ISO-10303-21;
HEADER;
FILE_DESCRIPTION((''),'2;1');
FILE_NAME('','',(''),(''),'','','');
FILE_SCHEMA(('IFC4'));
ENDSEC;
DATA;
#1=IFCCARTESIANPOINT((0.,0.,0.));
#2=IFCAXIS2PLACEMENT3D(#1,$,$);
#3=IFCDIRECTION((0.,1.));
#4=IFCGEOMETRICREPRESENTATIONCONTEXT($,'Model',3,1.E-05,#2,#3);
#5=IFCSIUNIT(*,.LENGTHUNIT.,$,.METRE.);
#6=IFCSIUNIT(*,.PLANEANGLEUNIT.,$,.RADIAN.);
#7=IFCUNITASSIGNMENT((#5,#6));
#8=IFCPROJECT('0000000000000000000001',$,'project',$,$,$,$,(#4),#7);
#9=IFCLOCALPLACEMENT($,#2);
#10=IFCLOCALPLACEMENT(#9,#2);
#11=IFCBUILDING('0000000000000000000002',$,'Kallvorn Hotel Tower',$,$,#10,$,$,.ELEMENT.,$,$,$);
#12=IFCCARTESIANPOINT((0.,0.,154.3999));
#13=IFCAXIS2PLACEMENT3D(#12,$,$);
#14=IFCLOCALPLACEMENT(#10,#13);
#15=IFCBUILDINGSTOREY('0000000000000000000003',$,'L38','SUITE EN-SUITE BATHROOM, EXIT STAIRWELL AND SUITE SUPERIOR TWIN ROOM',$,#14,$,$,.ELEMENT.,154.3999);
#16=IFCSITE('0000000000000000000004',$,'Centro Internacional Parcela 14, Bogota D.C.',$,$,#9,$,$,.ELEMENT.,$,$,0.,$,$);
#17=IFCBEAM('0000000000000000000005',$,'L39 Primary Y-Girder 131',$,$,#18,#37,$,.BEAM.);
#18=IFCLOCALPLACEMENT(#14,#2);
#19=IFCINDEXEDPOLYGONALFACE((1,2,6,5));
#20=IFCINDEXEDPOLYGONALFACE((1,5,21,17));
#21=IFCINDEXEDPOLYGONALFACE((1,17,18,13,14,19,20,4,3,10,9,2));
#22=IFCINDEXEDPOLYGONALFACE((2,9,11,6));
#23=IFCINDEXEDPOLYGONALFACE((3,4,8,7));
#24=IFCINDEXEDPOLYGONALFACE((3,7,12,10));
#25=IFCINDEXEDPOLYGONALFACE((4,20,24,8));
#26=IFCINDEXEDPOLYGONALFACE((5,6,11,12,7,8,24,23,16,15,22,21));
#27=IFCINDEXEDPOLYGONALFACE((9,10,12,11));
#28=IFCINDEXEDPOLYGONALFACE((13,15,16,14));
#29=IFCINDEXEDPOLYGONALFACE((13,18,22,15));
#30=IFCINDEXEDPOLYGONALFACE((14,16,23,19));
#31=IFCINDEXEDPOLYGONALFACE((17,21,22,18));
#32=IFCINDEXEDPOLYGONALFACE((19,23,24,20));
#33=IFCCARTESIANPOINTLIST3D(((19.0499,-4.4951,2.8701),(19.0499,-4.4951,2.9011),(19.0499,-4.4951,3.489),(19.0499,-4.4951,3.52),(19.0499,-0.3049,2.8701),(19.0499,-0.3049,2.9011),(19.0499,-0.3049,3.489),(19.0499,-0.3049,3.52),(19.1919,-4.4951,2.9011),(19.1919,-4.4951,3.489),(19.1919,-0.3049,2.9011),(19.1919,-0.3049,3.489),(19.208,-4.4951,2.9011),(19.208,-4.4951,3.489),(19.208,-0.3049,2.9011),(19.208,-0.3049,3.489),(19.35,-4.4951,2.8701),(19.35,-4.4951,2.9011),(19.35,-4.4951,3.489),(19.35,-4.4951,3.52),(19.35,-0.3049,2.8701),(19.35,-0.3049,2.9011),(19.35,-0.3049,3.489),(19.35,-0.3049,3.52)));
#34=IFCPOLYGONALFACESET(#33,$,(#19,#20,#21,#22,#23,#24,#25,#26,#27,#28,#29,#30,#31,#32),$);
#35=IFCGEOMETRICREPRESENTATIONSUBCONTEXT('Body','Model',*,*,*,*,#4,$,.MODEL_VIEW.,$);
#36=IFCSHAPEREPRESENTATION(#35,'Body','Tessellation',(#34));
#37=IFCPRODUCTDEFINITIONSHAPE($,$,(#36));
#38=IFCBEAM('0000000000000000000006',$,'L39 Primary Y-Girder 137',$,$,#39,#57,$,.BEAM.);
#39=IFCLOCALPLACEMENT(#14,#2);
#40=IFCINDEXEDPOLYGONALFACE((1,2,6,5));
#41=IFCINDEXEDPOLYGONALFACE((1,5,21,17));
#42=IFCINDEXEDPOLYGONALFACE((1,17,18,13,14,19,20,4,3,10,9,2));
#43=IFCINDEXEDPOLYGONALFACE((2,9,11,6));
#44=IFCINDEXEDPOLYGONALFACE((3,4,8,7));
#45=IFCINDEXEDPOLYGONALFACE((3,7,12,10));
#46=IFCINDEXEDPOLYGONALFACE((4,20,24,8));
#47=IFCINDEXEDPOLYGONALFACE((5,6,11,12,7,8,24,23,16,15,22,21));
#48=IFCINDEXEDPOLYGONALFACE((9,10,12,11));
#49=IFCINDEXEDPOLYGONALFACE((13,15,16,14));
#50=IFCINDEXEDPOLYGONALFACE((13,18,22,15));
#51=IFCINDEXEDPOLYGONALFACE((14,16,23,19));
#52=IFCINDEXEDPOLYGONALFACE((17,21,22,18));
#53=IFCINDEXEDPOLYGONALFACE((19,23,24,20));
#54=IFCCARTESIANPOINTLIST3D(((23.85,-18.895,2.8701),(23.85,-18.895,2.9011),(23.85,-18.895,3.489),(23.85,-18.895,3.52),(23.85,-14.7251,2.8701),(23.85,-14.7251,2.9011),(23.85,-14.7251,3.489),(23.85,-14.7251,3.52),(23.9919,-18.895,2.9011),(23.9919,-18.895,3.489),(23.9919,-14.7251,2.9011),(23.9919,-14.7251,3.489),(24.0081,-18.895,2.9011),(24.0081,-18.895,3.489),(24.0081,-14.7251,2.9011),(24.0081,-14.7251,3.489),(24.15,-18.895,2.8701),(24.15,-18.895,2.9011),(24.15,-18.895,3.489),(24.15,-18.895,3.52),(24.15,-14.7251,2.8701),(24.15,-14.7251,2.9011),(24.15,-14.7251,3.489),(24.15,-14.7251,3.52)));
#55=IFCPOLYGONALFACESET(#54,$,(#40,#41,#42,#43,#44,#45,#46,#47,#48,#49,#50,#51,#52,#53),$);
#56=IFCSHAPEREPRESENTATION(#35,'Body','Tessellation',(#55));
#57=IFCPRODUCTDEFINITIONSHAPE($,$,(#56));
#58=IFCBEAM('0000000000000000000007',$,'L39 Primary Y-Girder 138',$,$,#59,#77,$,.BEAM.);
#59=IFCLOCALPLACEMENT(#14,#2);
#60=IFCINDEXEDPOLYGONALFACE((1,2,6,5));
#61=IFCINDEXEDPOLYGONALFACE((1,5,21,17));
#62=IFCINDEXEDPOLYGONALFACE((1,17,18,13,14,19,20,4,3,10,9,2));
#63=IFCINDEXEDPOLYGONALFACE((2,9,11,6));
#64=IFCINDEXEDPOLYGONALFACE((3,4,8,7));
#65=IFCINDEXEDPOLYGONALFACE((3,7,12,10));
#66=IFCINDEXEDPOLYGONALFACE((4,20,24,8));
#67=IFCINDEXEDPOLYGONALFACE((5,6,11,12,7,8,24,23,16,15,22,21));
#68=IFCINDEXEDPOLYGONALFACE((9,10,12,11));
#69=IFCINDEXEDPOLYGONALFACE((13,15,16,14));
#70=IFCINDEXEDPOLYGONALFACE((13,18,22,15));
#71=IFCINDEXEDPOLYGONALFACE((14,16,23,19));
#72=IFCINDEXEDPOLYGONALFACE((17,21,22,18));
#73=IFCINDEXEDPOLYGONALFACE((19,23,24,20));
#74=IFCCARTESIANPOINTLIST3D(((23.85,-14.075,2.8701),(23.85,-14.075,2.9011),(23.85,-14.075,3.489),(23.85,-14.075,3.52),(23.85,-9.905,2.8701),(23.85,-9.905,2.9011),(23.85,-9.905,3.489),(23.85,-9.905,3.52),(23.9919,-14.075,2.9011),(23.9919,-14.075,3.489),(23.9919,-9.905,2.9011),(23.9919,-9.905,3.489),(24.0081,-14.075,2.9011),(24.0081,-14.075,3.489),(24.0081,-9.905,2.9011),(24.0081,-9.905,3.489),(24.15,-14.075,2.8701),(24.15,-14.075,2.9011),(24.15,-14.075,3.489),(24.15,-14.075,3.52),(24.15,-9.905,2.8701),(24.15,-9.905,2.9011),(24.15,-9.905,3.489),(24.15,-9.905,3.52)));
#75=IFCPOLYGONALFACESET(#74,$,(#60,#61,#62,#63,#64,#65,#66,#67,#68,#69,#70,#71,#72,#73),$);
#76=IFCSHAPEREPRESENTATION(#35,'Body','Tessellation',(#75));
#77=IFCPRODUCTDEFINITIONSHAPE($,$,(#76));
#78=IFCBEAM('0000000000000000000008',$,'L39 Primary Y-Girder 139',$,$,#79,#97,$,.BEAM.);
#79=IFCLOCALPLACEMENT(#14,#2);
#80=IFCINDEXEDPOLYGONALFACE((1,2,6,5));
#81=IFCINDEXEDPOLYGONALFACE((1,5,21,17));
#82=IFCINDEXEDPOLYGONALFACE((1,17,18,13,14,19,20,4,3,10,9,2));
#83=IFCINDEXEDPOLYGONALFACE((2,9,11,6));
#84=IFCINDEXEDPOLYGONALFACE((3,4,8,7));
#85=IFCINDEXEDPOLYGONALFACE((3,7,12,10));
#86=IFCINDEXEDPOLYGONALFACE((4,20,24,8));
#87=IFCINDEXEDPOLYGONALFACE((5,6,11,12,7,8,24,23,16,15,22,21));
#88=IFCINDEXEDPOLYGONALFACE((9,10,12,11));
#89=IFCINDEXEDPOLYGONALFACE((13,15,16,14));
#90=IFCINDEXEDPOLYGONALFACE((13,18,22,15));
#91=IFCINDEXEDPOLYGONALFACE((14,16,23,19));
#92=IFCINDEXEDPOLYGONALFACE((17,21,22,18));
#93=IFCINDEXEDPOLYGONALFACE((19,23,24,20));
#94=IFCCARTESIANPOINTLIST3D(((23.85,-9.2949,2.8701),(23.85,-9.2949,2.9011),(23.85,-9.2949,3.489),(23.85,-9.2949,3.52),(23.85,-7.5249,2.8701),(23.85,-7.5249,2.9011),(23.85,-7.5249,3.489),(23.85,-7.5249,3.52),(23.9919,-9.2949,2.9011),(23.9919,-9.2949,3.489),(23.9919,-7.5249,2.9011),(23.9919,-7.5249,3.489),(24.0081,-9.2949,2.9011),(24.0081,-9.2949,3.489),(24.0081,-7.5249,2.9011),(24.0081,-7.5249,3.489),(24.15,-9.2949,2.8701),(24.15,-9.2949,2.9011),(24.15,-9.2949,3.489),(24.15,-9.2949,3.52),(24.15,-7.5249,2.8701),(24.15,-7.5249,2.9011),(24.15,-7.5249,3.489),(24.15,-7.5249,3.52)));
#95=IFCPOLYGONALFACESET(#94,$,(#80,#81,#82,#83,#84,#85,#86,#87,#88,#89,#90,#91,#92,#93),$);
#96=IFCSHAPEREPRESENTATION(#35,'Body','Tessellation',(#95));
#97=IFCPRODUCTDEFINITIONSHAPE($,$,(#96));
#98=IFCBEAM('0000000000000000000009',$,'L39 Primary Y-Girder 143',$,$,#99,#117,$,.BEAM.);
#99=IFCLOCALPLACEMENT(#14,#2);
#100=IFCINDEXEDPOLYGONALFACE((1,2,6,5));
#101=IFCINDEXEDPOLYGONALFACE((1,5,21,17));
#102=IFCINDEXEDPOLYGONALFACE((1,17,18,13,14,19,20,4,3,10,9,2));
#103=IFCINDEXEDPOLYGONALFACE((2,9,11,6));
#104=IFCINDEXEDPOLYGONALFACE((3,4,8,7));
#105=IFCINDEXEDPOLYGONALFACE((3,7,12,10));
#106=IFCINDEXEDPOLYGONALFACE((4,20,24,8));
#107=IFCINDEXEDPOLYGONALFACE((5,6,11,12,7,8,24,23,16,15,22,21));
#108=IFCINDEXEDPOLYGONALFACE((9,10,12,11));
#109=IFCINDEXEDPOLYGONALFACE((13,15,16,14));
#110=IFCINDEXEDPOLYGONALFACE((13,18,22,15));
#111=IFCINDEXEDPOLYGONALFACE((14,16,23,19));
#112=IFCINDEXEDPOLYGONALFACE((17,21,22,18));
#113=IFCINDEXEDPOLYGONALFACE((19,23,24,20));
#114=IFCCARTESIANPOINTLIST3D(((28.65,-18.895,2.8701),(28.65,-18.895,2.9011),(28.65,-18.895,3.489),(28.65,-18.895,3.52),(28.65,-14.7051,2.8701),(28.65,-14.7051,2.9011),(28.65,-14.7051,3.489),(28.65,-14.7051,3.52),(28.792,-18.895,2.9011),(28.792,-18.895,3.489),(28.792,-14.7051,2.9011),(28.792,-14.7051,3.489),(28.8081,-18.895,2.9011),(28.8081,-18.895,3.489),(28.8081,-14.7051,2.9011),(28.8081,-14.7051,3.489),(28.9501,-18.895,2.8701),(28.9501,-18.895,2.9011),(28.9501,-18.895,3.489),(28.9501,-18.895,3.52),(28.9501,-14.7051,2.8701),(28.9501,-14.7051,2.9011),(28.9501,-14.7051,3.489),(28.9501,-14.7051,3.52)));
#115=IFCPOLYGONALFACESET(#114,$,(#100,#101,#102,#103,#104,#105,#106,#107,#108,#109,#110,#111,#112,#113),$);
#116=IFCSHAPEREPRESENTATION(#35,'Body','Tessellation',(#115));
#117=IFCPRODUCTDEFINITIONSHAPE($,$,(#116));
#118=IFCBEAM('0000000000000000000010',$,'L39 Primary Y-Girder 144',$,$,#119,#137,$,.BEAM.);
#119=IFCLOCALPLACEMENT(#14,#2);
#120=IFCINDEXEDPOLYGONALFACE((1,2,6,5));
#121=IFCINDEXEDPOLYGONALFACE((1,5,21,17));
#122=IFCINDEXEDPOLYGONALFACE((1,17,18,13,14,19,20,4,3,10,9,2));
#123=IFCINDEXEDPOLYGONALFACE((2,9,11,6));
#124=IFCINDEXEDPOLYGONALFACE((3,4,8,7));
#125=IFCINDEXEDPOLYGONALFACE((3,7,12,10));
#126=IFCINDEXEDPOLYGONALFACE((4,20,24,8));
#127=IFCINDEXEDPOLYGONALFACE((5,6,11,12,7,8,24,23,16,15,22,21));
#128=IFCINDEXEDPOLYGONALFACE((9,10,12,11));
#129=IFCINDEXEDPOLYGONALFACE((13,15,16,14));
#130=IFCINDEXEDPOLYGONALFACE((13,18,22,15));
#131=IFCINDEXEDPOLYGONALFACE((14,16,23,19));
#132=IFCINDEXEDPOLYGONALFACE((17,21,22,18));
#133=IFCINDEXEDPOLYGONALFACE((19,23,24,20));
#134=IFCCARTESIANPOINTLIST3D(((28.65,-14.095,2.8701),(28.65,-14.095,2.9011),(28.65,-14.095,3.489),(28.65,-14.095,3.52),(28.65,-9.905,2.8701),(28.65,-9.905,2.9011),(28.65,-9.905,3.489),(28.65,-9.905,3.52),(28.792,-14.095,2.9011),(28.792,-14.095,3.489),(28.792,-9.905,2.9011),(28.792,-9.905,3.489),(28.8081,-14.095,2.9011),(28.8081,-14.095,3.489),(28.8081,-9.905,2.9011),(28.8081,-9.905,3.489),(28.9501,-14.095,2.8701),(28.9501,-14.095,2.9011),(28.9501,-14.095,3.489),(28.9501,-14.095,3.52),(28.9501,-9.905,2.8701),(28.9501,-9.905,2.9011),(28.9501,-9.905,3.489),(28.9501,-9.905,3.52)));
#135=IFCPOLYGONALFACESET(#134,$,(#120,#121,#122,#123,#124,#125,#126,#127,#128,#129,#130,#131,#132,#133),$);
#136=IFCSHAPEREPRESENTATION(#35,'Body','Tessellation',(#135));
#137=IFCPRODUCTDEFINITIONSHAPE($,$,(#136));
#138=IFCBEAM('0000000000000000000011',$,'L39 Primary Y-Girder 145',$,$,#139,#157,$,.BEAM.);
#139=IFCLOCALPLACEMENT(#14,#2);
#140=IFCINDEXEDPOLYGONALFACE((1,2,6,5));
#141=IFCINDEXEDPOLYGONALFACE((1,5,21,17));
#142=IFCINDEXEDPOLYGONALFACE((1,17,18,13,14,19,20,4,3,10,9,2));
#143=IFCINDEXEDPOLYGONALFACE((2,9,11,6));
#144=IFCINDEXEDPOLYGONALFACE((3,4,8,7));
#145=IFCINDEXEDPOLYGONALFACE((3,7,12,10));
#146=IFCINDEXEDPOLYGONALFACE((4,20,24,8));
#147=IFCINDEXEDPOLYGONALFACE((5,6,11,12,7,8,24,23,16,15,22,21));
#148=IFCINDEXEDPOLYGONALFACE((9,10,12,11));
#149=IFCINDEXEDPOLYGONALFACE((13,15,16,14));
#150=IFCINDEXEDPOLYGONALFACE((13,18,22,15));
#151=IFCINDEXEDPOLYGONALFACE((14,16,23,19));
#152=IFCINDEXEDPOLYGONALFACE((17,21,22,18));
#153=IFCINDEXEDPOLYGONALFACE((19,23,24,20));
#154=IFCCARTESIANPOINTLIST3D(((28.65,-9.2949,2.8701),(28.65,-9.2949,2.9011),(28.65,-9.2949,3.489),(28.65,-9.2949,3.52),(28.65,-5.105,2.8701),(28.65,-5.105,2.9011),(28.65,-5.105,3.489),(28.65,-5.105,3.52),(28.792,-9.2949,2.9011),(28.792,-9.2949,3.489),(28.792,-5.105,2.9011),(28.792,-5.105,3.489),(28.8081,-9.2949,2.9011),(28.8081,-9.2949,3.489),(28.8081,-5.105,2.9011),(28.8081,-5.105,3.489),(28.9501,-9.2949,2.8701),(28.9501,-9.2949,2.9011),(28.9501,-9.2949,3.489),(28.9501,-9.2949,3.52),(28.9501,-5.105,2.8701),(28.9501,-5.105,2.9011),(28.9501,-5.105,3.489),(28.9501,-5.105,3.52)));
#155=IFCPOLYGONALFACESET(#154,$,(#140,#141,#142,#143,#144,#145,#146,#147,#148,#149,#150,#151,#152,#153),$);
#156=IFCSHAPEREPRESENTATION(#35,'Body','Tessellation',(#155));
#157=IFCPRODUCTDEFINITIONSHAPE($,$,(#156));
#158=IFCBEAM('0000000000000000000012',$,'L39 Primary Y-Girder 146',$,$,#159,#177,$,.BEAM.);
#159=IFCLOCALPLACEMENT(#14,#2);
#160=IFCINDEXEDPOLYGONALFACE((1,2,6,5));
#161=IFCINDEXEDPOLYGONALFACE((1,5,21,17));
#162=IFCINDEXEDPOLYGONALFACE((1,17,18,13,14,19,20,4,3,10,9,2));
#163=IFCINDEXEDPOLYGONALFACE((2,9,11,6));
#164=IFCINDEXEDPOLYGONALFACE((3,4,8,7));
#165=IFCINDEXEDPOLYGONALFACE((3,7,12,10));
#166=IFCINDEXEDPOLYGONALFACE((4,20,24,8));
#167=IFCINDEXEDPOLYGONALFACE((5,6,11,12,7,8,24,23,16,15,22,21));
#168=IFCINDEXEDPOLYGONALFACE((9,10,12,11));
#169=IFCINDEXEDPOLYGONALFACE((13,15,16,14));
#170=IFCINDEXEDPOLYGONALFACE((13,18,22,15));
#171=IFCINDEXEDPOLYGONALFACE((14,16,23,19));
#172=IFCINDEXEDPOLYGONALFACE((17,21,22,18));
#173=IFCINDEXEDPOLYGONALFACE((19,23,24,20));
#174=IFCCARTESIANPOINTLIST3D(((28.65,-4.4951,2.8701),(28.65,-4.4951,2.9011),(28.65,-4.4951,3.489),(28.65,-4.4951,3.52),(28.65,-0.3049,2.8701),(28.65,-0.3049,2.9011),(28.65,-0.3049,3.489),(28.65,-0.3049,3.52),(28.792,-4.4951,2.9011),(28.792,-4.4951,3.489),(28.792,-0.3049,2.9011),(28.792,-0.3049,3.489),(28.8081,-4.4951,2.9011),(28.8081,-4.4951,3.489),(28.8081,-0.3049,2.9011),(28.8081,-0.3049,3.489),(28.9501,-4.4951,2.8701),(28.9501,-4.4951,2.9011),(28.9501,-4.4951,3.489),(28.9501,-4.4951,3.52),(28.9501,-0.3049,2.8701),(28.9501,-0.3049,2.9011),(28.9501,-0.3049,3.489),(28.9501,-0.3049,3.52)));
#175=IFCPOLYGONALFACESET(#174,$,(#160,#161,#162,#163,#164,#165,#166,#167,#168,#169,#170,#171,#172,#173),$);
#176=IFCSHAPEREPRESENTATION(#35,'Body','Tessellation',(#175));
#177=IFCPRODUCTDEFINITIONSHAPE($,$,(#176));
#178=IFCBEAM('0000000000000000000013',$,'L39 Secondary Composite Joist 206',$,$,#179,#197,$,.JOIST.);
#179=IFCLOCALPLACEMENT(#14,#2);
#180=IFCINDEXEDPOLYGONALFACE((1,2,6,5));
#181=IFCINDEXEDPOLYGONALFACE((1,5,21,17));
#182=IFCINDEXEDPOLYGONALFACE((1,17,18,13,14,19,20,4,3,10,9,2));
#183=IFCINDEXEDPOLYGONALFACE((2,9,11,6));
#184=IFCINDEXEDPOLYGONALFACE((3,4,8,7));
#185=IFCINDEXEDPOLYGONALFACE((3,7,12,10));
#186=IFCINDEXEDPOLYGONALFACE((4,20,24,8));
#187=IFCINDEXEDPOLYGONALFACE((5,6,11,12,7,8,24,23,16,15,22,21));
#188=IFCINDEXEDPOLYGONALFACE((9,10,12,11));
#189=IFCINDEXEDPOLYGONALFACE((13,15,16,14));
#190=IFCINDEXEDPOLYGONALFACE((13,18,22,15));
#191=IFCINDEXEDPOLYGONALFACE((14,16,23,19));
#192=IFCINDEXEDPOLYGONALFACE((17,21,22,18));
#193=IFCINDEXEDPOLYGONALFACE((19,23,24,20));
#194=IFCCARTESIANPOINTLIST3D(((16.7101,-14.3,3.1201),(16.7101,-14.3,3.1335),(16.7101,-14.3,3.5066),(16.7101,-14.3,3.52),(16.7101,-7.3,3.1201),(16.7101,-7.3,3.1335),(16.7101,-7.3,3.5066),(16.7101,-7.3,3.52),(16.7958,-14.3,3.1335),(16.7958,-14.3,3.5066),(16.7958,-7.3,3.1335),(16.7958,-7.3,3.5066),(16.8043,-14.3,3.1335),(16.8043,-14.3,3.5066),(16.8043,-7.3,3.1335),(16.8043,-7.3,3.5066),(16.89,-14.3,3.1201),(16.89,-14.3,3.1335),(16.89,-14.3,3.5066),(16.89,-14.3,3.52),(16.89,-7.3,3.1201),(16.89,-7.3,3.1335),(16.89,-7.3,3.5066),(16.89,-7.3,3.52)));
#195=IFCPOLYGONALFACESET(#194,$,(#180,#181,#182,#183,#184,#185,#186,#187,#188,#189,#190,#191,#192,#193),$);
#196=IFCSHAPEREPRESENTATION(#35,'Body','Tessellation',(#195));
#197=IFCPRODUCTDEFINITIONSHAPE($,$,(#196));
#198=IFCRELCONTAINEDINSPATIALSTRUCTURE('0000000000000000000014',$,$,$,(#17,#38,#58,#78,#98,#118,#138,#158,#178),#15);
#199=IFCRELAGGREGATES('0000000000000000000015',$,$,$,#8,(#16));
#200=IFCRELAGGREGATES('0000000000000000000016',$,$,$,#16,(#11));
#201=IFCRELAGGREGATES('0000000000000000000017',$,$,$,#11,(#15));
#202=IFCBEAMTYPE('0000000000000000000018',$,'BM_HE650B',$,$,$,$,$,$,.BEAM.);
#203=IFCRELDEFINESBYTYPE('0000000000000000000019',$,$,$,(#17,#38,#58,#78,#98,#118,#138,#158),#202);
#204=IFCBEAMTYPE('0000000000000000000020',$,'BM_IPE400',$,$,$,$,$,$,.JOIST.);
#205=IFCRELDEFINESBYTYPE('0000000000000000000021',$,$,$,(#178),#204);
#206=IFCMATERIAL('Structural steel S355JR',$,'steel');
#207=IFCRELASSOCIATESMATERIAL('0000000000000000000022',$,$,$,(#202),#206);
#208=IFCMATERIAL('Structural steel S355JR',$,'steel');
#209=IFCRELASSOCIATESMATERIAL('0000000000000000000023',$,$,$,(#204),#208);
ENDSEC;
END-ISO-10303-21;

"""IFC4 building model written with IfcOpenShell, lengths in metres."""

from ifc_helpers import new_model, si_unit, direction, frame, origin, origin_2d, place, context, subcontext, project, spatial, i_section, extrude, material, material_profile, profile_set, type_object, element, save


model = new_model("IFC4")

# Units and contexts
model_context = context("Model", 3, precision=1e-05, world=origin(), true_north=direction((0.0, 1.0)))
body_context = subcontext(model_context, "Body", "Model", "MODEL_VIEW")
ifc_project = project(units=[si_unit("LENGTHUNIT", "METRE"), si_unit("PLANEANGLEUNIT", "RADIAN")], contexts=[model_context])

# Site, building, storey
site_placement = place(None, origin())
site = spatial("IfcSite", under=ifc_project, at=site_placement, Name="Centro Internacional Parcela 14, Bogota D.C.", CompositionType="ELEMENT", RefElevation=0.0)
building_placement = place(site_placement, origin())
building = spatial("IfcBuilding", under=site, at=building_placement, Name="Kallvorn Hotel Tower", CompositionType="ELEMENT")
storey_placement = place(building_placement, frame((0.0, 0.0, 154.3999)))
storey = spatial("IfcBuildingStorey", under=building, at=storey_placement, Name="L38", Description="SUITE EN-SUITE BATHROOM, EXIT STAIRWELL AND SUITE SUPERIOR TWIN ROOM", CompositionType="ELEMENT", Elevation=154.3999)

# Beams
ifc_material_1 = material(Name="Structural steel S355JR", Category="steel")
ifc_material_profile_1 = material_profile(ifc_material_1, i_section(OverallWidth=0.3, OverallDepth=0.6499, WebThickness=0.0161, FlangeThickness=0.031, at=origin_2d()), Name="HE 650 B")
ifc_profile_set_1 = profile_set([ifc_material_profile_1], Name="Structural steel S355JR")
beam_type_1 = type_object("IfcBeamType", Name="BM_HE650B", PredefinedType="BEAM", material=ifc_profile_set_1)
beam_1_placement = place(storey_placement, frame((19.2, -4.4951, 3.1951), z_axis=(0.0, 1.0, 0.0), x_axis=(-1.0, 0.0, 0.0)))
element("IfcBeam", 1, at=beam_1_placement, inside=storey, type_object=beam_type_1, Name="L39 Primary Y-Girder 131", PredefinedType="BEAM", context=body_context, shape_type="SweptSolid", body=[
    extrude(i_section(OverallWidth=0.3, OverallDepth=0.6499, WebThickness=0.0161, FlangeThickness=0.031, at=origin_2d()), origin(), (0.0, 0.0, 1.0), 4.1902),
])
for number, where, z_axis, x_axis, name in (
    (2, (24.0, -18.895, 3.1951), (0.0, 1.0, 0.0), (-1.0, 0.0, 0.0), "L39 Primary Y-Girder 137"),
    (3, (24.0, -14.075, 3.1951), (0.0, 1.0, 0.0), (-1.0, 0.0, 0.0), "L39 Primary Y-Girder 138"),
):
    element("IfcBeam", number, at=place(storey_placement, frame(where, z_axis=z_axis, x_axis=x_axis)), inside=storey, type_object=beam_type_1, Name=name, PredefinedType="BEAM", context=body_context, shape_type="SweptSolid", body=[
        extrude(i_section(OverallWidth=0.3, OverallDepth=0.6499, WebThickness=0.0161, FlangeThickness=0.031, at=origin_2d()), origin(), (0.0, 0.0, 1.0), 4.1699),
    ])
beam_2_placement = place(storey_placement, frame((24.0, -9.2949, 3.1951), z_axis=(0.0, 1.0, 0.0), x_axis=(-1.0, 0.0, 0.0)))
element("IfcBeam", 4, at=beam_2_placement, inside=storey, type_object=beam_type_1, Name="L39 Primary Y-Girder 139", PredefinedType="BEAM", context=body_context, shape_type="SweptSolid", body=[
    extrude(i_section(OverallWidth=0.3, OverallDepth=0.6499, WebThickness=0.0161, FlangeThickness=0.031, at=origin_2d()), origin(), (0.0, 0.0, 1.0), 1.77),
])
for number, where, z_axis, x_axis, name in (
    (5, (28.8, -18.895, 3.1951), (0.0, 1.0, 0.0), (-1.0, 0.0, 0.0), "L39 Primary Y-Girder 143"),
    (6, (28.8, -14.095, 3.1951), (0.0, 1.0, 0.0), (-1.0, 0.0, 0.0), "L39 Primary Y-Girder 144"),
    (7, (28.8, -9.2949, 3.1951), (0.0, 1.0, 0.0), (-1.0, 0.0, 0.0), "L39 Primary Y-Girder 145"),
):
    element("IfcBeam", number, at=place(storey_placement, frame(where, z_axis=z_axis, x_axis=x_axis)), inside=storey, type_object=beam_type_1, Name=name, PredefinedType="BEAM", context=body_context, shape_type="SweptSolid", body=[
        extrude(i_section(OverallWidth=0.3, OverallDepth=0.6499, WebThickness=0.0161, FlangeThickness=0.031, at=origin_2d()), origin(), (0.0, 0.0, 1.0), 4.1899),
    ])
beam_3_placement = place(storey_placement, frame((28.8, -4.4951, 3.1951), z_axis=(0.0, 1.0, 0.0), x_axis=(-1.0, 0.0, 0.0)))
element("IfcBeam", 8, at=beam_3_placement, inside=storey, type_object=beam_type_1, Name="L39 Primary Y-Girder 146", PredefinedType="BEAM", context=body_context, shape_type="SweptSolid", body=[
    extrude(i_section(OverallWidth=0.3, OverallDepth=0.6499, WebThickness=0.0161, FlangeThickness=0.031, at=origin_2d()), origin(), (0.0, 0.0, 1.0), 4.1902),
])
ifc_material_2 = material(Name="Structural steel S355JR", Category="steel")
ifc_material_profile_2 = material_profile(ifc_material_2, i_section(OverallWidth=0.1799, OverallDepth=0.3999, WebThickness=0.0085, FlangeThickness=0.0134, at=origin_2d()), Name="IPE 400")
ifc_profile_set_2 = profile_set([ifc_material_profile_2], Name="Structural steel S355JR")
beam_type_2 = type_object("IfcBeamType", Name="BM_IPE400", PredefinedType="JOIST", material=ifc_profile_set_2)
for number, where, z_axis, x_axis, name in (
    (9, (16.8, -14.3, 3.3201), (0.0, 1.0, 0.0), (-1.0, 0.0, 0.0), "L39 Secondary Composite Joist 206"),
):
    element("IfcBeam", number, at=place(storey_placement, frame(where, z_axis=z_axis, x_axis=x_axis)), inside=storey, type_object=beam_type_2, Name=name, PredefinedType="JOIST", context=body_context, shape_type="SweptSolid", body=[
        extrude(i_section(OverallWidth=0.1799, OverallDepth=0.3999, WebThickness=0.0085, FlangeThickness=0.0134, at=origin_2d()), origin(), (0.0, 0.0, 1.0), 7.0),
    ])

save(model, "model.ifc")
